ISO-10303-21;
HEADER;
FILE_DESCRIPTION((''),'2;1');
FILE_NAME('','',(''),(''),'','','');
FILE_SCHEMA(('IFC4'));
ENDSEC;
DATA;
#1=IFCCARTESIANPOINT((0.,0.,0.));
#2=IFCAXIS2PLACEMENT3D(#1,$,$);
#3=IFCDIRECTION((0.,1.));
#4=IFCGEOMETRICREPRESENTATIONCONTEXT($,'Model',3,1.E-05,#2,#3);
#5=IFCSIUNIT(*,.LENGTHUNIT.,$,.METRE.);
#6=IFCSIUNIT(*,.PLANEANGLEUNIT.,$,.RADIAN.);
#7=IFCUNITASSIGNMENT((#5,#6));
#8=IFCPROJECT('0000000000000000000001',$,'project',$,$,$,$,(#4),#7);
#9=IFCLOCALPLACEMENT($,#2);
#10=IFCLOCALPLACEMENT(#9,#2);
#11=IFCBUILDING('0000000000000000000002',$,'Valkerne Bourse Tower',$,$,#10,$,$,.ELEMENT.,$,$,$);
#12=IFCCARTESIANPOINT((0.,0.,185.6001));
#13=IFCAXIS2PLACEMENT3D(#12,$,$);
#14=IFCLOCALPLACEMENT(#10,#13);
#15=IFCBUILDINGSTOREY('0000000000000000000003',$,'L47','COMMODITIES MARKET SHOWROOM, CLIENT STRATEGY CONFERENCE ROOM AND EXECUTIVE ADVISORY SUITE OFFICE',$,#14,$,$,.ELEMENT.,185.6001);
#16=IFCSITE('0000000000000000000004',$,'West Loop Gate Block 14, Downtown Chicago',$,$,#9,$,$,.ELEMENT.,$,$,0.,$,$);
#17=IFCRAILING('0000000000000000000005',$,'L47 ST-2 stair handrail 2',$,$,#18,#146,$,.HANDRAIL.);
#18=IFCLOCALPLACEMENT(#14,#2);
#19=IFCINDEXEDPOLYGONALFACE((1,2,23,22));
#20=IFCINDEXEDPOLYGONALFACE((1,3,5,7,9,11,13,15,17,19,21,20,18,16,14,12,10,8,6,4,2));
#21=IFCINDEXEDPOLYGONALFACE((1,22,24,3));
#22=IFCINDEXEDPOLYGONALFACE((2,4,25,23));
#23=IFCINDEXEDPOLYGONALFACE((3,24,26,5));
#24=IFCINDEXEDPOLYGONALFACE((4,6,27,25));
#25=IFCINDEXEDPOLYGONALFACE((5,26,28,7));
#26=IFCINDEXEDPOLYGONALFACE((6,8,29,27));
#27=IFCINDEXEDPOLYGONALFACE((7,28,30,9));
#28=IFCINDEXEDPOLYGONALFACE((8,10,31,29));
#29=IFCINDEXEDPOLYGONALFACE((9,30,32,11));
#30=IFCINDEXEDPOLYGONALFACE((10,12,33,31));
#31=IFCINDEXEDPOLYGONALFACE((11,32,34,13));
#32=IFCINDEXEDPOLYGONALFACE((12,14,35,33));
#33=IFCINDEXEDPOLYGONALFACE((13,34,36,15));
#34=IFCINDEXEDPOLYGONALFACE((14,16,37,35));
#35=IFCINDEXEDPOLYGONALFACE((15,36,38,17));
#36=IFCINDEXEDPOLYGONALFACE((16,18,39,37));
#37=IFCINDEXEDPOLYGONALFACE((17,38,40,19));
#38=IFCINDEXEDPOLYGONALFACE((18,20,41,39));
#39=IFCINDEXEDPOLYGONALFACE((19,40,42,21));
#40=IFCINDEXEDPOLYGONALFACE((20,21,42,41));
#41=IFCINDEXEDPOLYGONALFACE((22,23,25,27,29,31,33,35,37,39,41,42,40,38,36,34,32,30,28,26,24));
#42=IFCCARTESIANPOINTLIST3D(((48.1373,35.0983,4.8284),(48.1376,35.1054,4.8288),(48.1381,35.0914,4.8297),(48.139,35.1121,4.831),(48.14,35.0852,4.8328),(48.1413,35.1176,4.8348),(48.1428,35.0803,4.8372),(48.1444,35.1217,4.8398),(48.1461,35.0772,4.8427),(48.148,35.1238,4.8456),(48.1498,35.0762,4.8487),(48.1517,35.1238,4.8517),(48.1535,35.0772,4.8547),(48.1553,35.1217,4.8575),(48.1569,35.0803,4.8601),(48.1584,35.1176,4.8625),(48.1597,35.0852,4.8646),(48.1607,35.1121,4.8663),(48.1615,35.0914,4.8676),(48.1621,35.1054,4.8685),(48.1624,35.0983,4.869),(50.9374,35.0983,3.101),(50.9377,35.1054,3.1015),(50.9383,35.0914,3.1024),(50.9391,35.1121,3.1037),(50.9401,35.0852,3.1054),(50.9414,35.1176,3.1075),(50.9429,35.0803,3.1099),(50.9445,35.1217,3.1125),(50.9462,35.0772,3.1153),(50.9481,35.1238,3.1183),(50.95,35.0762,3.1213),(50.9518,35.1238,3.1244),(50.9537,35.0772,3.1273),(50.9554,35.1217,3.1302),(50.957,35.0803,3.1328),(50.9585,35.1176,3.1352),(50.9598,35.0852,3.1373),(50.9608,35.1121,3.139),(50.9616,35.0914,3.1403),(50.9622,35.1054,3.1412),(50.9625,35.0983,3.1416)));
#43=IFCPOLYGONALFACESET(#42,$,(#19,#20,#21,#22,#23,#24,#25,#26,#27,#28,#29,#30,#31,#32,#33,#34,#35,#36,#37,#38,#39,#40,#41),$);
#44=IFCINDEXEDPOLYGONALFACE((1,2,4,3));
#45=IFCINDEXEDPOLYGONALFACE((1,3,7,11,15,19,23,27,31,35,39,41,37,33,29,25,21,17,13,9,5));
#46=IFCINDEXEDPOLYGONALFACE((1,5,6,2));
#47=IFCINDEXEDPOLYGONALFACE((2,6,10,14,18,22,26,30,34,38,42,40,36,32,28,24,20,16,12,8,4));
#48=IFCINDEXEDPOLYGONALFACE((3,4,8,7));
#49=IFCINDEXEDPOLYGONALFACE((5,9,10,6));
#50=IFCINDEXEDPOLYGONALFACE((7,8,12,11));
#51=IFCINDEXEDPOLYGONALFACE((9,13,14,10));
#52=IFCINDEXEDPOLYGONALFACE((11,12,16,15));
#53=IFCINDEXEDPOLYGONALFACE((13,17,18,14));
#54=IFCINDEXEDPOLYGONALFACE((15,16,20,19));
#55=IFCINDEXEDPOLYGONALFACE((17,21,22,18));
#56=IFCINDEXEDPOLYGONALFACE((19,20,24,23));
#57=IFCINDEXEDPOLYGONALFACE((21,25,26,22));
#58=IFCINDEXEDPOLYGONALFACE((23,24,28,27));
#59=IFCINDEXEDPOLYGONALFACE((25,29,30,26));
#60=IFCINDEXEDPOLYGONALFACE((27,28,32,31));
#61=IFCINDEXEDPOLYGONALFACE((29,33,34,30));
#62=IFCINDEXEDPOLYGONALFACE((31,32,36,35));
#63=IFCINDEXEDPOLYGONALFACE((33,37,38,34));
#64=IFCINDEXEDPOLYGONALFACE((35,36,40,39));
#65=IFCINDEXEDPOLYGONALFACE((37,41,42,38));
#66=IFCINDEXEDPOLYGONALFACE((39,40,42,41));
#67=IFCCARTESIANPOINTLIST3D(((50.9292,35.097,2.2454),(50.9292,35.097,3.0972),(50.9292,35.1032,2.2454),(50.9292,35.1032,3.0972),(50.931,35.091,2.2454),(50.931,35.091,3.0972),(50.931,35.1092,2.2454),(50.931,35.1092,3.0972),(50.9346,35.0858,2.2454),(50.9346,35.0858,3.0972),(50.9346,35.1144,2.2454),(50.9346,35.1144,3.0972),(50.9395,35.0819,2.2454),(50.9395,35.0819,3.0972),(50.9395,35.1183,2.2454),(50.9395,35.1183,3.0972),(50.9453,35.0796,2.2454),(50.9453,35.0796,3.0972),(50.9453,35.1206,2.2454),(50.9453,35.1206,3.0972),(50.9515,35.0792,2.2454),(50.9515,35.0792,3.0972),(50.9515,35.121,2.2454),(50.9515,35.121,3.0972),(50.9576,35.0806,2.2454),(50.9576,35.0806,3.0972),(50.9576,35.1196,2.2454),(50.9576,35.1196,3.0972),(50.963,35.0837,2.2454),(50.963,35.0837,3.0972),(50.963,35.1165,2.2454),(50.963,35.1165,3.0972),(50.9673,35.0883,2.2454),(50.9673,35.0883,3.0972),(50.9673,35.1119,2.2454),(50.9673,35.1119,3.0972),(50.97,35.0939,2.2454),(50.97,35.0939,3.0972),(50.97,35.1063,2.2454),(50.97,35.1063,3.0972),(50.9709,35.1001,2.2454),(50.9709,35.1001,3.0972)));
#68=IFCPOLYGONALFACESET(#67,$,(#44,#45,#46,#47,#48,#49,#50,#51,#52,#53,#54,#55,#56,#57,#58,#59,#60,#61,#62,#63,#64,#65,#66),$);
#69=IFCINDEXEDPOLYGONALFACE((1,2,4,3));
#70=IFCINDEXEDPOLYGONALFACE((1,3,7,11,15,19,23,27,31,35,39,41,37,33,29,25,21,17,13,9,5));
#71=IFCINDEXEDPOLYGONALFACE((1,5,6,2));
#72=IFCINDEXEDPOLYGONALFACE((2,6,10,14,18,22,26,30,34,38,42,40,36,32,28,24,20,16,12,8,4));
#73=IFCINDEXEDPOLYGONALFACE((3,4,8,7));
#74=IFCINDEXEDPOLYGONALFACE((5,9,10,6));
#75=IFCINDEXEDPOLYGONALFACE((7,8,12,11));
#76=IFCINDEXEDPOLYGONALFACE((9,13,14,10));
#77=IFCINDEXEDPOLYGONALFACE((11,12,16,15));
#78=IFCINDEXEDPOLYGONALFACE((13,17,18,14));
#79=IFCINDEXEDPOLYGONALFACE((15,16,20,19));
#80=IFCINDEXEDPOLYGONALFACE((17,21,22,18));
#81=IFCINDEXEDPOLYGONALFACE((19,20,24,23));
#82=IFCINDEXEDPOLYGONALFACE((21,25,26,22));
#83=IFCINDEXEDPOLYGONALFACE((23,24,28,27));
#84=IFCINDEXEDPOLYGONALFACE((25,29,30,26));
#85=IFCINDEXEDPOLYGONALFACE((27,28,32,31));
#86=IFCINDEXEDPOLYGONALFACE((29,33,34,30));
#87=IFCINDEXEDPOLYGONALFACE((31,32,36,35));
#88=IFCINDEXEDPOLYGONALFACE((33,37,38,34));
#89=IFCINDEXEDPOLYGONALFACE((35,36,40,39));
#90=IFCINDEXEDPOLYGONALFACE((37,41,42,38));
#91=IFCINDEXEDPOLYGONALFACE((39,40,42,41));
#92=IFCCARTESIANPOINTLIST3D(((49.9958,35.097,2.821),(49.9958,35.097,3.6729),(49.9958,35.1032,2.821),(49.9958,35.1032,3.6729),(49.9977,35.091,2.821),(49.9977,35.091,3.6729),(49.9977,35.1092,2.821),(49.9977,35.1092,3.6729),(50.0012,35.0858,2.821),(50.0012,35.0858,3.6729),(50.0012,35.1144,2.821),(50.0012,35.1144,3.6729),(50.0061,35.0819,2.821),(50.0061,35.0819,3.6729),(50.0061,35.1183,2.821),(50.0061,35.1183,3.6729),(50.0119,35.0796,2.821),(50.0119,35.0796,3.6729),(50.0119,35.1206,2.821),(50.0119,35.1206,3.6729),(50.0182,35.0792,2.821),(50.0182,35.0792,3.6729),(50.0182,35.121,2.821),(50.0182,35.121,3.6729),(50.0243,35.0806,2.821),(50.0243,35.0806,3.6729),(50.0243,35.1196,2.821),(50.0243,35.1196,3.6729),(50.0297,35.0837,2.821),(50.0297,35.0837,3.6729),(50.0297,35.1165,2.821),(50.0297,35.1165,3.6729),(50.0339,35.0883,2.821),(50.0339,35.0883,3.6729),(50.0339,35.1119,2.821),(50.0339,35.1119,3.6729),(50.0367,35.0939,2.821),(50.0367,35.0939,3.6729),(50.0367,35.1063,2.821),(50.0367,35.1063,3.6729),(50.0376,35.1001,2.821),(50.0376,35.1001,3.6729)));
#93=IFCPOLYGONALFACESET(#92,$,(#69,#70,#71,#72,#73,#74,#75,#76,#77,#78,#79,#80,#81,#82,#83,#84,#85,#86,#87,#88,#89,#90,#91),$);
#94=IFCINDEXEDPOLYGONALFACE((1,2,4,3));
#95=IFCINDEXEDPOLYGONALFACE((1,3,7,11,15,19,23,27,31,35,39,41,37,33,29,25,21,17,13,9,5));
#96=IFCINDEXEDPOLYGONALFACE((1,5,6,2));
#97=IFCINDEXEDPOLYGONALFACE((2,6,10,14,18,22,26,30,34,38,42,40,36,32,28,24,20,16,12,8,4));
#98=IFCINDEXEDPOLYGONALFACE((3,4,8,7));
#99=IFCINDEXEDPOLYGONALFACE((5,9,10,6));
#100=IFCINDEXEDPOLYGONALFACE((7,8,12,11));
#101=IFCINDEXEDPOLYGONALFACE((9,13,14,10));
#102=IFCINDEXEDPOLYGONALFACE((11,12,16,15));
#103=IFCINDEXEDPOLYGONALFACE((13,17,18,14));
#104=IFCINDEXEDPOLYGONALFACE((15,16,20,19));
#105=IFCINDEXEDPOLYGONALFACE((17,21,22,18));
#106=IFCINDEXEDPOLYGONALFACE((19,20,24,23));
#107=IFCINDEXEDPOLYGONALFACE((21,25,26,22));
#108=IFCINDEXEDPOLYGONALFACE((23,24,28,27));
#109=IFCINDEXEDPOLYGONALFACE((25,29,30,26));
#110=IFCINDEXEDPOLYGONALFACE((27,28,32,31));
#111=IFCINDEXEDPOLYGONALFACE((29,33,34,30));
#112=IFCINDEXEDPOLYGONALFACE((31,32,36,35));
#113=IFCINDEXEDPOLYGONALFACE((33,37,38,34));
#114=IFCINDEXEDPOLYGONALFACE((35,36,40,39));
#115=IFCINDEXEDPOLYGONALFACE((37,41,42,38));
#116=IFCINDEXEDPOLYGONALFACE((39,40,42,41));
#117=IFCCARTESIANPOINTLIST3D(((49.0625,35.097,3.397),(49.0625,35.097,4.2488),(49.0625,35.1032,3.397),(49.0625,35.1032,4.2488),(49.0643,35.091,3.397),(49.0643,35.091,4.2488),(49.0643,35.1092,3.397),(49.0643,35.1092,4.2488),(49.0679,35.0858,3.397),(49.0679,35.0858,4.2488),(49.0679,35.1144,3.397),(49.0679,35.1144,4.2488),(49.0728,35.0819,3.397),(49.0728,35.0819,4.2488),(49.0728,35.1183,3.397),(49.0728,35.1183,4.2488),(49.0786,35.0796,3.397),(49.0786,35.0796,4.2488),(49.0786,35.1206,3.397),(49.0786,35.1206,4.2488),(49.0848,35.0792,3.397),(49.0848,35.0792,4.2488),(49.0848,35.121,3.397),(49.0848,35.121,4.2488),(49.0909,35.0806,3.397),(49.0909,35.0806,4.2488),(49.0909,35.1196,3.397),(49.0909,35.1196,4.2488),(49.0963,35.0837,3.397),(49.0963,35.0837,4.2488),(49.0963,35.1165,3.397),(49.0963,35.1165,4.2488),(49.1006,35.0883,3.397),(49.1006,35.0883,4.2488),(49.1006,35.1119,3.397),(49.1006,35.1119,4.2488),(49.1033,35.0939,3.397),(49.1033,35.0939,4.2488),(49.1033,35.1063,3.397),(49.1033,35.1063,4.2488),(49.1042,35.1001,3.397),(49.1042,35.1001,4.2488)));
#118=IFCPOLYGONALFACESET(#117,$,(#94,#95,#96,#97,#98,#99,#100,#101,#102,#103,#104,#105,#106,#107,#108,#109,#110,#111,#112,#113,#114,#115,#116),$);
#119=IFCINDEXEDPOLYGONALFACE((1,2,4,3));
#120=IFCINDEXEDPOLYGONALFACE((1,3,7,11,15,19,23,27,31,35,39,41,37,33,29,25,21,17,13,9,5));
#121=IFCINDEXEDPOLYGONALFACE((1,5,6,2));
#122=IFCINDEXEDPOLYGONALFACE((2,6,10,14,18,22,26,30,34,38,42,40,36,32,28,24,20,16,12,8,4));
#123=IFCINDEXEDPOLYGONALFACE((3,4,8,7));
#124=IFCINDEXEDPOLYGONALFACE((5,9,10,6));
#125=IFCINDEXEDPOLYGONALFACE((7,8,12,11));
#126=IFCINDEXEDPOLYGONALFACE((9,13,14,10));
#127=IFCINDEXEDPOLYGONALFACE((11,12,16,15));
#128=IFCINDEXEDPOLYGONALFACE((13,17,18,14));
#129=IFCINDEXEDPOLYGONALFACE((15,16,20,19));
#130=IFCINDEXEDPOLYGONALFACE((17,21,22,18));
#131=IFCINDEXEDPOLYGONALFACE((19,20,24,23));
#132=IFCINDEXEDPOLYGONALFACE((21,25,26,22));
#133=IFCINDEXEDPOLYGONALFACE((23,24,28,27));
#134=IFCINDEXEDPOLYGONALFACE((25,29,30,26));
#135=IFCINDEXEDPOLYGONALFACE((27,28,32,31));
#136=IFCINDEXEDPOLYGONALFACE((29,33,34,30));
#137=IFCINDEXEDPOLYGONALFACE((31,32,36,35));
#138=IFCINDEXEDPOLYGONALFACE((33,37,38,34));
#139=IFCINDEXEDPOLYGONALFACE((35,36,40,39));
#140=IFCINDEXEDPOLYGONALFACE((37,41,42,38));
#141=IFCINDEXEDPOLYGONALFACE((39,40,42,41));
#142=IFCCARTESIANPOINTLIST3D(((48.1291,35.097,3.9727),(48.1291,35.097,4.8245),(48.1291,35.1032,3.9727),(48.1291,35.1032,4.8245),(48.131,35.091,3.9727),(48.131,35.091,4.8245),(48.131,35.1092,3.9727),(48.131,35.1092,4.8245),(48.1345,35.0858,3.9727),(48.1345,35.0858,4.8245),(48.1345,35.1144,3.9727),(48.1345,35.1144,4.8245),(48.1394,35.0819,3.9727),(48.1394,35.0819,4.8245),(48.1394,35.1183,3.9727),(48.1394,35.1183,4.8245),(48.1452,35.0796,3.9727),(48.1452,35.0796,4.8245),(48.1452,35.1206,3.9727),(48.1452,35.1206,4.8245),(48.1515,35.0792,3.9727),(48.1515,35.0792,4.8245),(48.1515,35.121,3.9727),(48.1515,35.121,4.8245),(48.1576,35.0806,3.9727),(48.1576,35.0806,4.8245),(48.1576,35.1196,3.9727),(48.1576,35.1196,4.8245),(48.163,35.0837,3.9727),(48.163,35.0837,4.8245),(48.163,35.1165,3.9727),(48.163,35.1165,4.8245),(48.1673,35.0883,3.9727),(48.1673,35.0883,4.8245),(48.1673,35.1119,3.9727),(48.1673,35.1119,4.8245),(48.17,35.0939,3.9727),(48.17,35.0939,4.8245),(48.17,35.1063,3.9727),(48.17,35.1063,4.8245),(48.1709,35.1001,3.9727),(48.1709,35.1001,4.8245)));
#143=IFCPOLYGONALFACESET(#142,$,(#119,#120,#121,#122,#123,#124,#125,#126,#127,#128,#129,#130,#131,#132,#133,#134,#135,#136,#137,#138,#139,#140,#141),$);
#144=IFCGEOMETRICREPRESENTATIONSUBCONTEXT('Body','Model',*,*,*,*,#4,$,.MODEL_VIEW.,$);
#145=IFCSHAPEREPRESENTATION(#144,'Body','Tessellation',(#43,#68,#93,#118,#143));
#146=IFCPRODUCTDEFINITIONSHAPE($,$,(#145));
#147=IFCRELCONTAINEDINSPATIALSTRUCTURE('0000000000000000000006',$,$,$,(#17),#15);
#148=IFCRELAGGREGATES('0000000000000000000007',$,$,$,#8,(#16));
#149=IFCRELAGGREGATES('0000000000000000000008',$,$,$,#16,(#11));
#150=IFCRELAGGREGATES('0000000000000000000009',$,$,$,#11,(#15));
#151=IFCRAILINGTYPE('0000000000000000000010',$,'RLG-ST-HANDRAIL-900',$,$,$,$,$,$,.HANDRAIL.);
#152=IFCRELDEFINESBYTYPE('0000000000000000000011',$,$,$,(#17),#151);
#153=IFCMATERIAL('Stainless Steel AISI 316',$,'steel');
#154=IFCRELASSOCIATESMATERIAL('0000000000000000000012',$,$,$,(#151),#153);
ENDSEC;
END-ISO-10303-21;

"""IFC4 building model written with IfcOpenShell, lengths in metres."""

from ifc_helpers import new_model, si_unit, direction, frame, origin, origin_2d, place, context, subcontext, project, spatial, circle, extrude, material, type_object, element, save


model = new_model("IFC4")

# Units and contexts
model_context = context("Model", 3, precision=1e-05, world=origin(), true_north=direction((0.0, 1.0)))
body_context = subcontext(model_context, "Body", "Model", "MODEL_VIEW")
ifc_project = project(units=[si_unit("LENGTHUNIT", "METRE"), si_unit("PLANEANGLEUNIT", "RADIAN")], contexts=[model_context])

# Site, building, storey
site_placement = place(None, origin())
site = spatial("IfcSite", under=ifc_project, at=site_placement, Name="West Loop Gate Block 14, Downtown Chicago", CompositionType="ELEMENT", RefElevation=0.0)
building_placement = place(site_placement, origin())
building = spatial("IfcBuilding", under=site, at=building_placement, Name="Valkerne Bourse Tower", CompositionType="ELEMENT")
storey_placement = place(building_placement, frame((0.0, 0.0, 185.6001)))
storey = spatial("IfcBuildingStorey", under=building, at=storey_placement, Name="L47", Description="COMMODITIES MARKET SHOWROOM, CLIENT STRATEGY CONFERENCE ROOM AND EXECUTIVE ADVISORY SUITE OFFICE", CompositionType="ELEMENT", Elevation=185.6001)

# Shared definitions
ifc_material_1 = material(Name="Stainless Steel AISI 316", Category="steel")

# Railing
railing_type_1 = type_object("IfcRailingType", Name="RLG-ST-HANDRAIL-900", PredefinedType="HANDRAIL", material=ifc_material_1)
railing_1_placement = place(storey_placement, frame((50.95, 35.1001, 2.2454)))
element("IfcRailing", 1, at=railing_1_placement, inside=storey, type_object=railing_type_1, Name="L47 ST-2 stair handrail 2", PredefinedType="HANDRAIL", context=body_context, shape_type="SweptSolid", body=[
    extrude(circle(Radius=0.0239, at=origin_2d()), frame((0.0, 0.0, 0.876), z_axis=(-0.85109, 0.0, 0.52502), x_axis=(0.0, -1.0, 0.0)), (0.0, 0.0, 1.0), 3.29),
    extrude(circle(Radius=0.021, at=origin_2d()), origin(), (0.0, 0.0, 1.0), 0.8518),
    extrude(circle(Radius=0.021, at=origin_2d()), frame((-0.9333, 0.0, 0.5757)), (0.0, 0.0, 1.0), 0.8518),
    extrude(circle(Radius=0.021, at=origin_2d()), frame((-1.8667, 0.0, 1.1516)), (0.0, 0.0, 1.0), 0.8518),
    extrude(circle(Radius=0.021, at=origin_2d()), frame((-2.8, 0.0, 1.7273)), (0.0, 0.0, 1.0), 0.8518),
])

save(model, "model.ifc")
